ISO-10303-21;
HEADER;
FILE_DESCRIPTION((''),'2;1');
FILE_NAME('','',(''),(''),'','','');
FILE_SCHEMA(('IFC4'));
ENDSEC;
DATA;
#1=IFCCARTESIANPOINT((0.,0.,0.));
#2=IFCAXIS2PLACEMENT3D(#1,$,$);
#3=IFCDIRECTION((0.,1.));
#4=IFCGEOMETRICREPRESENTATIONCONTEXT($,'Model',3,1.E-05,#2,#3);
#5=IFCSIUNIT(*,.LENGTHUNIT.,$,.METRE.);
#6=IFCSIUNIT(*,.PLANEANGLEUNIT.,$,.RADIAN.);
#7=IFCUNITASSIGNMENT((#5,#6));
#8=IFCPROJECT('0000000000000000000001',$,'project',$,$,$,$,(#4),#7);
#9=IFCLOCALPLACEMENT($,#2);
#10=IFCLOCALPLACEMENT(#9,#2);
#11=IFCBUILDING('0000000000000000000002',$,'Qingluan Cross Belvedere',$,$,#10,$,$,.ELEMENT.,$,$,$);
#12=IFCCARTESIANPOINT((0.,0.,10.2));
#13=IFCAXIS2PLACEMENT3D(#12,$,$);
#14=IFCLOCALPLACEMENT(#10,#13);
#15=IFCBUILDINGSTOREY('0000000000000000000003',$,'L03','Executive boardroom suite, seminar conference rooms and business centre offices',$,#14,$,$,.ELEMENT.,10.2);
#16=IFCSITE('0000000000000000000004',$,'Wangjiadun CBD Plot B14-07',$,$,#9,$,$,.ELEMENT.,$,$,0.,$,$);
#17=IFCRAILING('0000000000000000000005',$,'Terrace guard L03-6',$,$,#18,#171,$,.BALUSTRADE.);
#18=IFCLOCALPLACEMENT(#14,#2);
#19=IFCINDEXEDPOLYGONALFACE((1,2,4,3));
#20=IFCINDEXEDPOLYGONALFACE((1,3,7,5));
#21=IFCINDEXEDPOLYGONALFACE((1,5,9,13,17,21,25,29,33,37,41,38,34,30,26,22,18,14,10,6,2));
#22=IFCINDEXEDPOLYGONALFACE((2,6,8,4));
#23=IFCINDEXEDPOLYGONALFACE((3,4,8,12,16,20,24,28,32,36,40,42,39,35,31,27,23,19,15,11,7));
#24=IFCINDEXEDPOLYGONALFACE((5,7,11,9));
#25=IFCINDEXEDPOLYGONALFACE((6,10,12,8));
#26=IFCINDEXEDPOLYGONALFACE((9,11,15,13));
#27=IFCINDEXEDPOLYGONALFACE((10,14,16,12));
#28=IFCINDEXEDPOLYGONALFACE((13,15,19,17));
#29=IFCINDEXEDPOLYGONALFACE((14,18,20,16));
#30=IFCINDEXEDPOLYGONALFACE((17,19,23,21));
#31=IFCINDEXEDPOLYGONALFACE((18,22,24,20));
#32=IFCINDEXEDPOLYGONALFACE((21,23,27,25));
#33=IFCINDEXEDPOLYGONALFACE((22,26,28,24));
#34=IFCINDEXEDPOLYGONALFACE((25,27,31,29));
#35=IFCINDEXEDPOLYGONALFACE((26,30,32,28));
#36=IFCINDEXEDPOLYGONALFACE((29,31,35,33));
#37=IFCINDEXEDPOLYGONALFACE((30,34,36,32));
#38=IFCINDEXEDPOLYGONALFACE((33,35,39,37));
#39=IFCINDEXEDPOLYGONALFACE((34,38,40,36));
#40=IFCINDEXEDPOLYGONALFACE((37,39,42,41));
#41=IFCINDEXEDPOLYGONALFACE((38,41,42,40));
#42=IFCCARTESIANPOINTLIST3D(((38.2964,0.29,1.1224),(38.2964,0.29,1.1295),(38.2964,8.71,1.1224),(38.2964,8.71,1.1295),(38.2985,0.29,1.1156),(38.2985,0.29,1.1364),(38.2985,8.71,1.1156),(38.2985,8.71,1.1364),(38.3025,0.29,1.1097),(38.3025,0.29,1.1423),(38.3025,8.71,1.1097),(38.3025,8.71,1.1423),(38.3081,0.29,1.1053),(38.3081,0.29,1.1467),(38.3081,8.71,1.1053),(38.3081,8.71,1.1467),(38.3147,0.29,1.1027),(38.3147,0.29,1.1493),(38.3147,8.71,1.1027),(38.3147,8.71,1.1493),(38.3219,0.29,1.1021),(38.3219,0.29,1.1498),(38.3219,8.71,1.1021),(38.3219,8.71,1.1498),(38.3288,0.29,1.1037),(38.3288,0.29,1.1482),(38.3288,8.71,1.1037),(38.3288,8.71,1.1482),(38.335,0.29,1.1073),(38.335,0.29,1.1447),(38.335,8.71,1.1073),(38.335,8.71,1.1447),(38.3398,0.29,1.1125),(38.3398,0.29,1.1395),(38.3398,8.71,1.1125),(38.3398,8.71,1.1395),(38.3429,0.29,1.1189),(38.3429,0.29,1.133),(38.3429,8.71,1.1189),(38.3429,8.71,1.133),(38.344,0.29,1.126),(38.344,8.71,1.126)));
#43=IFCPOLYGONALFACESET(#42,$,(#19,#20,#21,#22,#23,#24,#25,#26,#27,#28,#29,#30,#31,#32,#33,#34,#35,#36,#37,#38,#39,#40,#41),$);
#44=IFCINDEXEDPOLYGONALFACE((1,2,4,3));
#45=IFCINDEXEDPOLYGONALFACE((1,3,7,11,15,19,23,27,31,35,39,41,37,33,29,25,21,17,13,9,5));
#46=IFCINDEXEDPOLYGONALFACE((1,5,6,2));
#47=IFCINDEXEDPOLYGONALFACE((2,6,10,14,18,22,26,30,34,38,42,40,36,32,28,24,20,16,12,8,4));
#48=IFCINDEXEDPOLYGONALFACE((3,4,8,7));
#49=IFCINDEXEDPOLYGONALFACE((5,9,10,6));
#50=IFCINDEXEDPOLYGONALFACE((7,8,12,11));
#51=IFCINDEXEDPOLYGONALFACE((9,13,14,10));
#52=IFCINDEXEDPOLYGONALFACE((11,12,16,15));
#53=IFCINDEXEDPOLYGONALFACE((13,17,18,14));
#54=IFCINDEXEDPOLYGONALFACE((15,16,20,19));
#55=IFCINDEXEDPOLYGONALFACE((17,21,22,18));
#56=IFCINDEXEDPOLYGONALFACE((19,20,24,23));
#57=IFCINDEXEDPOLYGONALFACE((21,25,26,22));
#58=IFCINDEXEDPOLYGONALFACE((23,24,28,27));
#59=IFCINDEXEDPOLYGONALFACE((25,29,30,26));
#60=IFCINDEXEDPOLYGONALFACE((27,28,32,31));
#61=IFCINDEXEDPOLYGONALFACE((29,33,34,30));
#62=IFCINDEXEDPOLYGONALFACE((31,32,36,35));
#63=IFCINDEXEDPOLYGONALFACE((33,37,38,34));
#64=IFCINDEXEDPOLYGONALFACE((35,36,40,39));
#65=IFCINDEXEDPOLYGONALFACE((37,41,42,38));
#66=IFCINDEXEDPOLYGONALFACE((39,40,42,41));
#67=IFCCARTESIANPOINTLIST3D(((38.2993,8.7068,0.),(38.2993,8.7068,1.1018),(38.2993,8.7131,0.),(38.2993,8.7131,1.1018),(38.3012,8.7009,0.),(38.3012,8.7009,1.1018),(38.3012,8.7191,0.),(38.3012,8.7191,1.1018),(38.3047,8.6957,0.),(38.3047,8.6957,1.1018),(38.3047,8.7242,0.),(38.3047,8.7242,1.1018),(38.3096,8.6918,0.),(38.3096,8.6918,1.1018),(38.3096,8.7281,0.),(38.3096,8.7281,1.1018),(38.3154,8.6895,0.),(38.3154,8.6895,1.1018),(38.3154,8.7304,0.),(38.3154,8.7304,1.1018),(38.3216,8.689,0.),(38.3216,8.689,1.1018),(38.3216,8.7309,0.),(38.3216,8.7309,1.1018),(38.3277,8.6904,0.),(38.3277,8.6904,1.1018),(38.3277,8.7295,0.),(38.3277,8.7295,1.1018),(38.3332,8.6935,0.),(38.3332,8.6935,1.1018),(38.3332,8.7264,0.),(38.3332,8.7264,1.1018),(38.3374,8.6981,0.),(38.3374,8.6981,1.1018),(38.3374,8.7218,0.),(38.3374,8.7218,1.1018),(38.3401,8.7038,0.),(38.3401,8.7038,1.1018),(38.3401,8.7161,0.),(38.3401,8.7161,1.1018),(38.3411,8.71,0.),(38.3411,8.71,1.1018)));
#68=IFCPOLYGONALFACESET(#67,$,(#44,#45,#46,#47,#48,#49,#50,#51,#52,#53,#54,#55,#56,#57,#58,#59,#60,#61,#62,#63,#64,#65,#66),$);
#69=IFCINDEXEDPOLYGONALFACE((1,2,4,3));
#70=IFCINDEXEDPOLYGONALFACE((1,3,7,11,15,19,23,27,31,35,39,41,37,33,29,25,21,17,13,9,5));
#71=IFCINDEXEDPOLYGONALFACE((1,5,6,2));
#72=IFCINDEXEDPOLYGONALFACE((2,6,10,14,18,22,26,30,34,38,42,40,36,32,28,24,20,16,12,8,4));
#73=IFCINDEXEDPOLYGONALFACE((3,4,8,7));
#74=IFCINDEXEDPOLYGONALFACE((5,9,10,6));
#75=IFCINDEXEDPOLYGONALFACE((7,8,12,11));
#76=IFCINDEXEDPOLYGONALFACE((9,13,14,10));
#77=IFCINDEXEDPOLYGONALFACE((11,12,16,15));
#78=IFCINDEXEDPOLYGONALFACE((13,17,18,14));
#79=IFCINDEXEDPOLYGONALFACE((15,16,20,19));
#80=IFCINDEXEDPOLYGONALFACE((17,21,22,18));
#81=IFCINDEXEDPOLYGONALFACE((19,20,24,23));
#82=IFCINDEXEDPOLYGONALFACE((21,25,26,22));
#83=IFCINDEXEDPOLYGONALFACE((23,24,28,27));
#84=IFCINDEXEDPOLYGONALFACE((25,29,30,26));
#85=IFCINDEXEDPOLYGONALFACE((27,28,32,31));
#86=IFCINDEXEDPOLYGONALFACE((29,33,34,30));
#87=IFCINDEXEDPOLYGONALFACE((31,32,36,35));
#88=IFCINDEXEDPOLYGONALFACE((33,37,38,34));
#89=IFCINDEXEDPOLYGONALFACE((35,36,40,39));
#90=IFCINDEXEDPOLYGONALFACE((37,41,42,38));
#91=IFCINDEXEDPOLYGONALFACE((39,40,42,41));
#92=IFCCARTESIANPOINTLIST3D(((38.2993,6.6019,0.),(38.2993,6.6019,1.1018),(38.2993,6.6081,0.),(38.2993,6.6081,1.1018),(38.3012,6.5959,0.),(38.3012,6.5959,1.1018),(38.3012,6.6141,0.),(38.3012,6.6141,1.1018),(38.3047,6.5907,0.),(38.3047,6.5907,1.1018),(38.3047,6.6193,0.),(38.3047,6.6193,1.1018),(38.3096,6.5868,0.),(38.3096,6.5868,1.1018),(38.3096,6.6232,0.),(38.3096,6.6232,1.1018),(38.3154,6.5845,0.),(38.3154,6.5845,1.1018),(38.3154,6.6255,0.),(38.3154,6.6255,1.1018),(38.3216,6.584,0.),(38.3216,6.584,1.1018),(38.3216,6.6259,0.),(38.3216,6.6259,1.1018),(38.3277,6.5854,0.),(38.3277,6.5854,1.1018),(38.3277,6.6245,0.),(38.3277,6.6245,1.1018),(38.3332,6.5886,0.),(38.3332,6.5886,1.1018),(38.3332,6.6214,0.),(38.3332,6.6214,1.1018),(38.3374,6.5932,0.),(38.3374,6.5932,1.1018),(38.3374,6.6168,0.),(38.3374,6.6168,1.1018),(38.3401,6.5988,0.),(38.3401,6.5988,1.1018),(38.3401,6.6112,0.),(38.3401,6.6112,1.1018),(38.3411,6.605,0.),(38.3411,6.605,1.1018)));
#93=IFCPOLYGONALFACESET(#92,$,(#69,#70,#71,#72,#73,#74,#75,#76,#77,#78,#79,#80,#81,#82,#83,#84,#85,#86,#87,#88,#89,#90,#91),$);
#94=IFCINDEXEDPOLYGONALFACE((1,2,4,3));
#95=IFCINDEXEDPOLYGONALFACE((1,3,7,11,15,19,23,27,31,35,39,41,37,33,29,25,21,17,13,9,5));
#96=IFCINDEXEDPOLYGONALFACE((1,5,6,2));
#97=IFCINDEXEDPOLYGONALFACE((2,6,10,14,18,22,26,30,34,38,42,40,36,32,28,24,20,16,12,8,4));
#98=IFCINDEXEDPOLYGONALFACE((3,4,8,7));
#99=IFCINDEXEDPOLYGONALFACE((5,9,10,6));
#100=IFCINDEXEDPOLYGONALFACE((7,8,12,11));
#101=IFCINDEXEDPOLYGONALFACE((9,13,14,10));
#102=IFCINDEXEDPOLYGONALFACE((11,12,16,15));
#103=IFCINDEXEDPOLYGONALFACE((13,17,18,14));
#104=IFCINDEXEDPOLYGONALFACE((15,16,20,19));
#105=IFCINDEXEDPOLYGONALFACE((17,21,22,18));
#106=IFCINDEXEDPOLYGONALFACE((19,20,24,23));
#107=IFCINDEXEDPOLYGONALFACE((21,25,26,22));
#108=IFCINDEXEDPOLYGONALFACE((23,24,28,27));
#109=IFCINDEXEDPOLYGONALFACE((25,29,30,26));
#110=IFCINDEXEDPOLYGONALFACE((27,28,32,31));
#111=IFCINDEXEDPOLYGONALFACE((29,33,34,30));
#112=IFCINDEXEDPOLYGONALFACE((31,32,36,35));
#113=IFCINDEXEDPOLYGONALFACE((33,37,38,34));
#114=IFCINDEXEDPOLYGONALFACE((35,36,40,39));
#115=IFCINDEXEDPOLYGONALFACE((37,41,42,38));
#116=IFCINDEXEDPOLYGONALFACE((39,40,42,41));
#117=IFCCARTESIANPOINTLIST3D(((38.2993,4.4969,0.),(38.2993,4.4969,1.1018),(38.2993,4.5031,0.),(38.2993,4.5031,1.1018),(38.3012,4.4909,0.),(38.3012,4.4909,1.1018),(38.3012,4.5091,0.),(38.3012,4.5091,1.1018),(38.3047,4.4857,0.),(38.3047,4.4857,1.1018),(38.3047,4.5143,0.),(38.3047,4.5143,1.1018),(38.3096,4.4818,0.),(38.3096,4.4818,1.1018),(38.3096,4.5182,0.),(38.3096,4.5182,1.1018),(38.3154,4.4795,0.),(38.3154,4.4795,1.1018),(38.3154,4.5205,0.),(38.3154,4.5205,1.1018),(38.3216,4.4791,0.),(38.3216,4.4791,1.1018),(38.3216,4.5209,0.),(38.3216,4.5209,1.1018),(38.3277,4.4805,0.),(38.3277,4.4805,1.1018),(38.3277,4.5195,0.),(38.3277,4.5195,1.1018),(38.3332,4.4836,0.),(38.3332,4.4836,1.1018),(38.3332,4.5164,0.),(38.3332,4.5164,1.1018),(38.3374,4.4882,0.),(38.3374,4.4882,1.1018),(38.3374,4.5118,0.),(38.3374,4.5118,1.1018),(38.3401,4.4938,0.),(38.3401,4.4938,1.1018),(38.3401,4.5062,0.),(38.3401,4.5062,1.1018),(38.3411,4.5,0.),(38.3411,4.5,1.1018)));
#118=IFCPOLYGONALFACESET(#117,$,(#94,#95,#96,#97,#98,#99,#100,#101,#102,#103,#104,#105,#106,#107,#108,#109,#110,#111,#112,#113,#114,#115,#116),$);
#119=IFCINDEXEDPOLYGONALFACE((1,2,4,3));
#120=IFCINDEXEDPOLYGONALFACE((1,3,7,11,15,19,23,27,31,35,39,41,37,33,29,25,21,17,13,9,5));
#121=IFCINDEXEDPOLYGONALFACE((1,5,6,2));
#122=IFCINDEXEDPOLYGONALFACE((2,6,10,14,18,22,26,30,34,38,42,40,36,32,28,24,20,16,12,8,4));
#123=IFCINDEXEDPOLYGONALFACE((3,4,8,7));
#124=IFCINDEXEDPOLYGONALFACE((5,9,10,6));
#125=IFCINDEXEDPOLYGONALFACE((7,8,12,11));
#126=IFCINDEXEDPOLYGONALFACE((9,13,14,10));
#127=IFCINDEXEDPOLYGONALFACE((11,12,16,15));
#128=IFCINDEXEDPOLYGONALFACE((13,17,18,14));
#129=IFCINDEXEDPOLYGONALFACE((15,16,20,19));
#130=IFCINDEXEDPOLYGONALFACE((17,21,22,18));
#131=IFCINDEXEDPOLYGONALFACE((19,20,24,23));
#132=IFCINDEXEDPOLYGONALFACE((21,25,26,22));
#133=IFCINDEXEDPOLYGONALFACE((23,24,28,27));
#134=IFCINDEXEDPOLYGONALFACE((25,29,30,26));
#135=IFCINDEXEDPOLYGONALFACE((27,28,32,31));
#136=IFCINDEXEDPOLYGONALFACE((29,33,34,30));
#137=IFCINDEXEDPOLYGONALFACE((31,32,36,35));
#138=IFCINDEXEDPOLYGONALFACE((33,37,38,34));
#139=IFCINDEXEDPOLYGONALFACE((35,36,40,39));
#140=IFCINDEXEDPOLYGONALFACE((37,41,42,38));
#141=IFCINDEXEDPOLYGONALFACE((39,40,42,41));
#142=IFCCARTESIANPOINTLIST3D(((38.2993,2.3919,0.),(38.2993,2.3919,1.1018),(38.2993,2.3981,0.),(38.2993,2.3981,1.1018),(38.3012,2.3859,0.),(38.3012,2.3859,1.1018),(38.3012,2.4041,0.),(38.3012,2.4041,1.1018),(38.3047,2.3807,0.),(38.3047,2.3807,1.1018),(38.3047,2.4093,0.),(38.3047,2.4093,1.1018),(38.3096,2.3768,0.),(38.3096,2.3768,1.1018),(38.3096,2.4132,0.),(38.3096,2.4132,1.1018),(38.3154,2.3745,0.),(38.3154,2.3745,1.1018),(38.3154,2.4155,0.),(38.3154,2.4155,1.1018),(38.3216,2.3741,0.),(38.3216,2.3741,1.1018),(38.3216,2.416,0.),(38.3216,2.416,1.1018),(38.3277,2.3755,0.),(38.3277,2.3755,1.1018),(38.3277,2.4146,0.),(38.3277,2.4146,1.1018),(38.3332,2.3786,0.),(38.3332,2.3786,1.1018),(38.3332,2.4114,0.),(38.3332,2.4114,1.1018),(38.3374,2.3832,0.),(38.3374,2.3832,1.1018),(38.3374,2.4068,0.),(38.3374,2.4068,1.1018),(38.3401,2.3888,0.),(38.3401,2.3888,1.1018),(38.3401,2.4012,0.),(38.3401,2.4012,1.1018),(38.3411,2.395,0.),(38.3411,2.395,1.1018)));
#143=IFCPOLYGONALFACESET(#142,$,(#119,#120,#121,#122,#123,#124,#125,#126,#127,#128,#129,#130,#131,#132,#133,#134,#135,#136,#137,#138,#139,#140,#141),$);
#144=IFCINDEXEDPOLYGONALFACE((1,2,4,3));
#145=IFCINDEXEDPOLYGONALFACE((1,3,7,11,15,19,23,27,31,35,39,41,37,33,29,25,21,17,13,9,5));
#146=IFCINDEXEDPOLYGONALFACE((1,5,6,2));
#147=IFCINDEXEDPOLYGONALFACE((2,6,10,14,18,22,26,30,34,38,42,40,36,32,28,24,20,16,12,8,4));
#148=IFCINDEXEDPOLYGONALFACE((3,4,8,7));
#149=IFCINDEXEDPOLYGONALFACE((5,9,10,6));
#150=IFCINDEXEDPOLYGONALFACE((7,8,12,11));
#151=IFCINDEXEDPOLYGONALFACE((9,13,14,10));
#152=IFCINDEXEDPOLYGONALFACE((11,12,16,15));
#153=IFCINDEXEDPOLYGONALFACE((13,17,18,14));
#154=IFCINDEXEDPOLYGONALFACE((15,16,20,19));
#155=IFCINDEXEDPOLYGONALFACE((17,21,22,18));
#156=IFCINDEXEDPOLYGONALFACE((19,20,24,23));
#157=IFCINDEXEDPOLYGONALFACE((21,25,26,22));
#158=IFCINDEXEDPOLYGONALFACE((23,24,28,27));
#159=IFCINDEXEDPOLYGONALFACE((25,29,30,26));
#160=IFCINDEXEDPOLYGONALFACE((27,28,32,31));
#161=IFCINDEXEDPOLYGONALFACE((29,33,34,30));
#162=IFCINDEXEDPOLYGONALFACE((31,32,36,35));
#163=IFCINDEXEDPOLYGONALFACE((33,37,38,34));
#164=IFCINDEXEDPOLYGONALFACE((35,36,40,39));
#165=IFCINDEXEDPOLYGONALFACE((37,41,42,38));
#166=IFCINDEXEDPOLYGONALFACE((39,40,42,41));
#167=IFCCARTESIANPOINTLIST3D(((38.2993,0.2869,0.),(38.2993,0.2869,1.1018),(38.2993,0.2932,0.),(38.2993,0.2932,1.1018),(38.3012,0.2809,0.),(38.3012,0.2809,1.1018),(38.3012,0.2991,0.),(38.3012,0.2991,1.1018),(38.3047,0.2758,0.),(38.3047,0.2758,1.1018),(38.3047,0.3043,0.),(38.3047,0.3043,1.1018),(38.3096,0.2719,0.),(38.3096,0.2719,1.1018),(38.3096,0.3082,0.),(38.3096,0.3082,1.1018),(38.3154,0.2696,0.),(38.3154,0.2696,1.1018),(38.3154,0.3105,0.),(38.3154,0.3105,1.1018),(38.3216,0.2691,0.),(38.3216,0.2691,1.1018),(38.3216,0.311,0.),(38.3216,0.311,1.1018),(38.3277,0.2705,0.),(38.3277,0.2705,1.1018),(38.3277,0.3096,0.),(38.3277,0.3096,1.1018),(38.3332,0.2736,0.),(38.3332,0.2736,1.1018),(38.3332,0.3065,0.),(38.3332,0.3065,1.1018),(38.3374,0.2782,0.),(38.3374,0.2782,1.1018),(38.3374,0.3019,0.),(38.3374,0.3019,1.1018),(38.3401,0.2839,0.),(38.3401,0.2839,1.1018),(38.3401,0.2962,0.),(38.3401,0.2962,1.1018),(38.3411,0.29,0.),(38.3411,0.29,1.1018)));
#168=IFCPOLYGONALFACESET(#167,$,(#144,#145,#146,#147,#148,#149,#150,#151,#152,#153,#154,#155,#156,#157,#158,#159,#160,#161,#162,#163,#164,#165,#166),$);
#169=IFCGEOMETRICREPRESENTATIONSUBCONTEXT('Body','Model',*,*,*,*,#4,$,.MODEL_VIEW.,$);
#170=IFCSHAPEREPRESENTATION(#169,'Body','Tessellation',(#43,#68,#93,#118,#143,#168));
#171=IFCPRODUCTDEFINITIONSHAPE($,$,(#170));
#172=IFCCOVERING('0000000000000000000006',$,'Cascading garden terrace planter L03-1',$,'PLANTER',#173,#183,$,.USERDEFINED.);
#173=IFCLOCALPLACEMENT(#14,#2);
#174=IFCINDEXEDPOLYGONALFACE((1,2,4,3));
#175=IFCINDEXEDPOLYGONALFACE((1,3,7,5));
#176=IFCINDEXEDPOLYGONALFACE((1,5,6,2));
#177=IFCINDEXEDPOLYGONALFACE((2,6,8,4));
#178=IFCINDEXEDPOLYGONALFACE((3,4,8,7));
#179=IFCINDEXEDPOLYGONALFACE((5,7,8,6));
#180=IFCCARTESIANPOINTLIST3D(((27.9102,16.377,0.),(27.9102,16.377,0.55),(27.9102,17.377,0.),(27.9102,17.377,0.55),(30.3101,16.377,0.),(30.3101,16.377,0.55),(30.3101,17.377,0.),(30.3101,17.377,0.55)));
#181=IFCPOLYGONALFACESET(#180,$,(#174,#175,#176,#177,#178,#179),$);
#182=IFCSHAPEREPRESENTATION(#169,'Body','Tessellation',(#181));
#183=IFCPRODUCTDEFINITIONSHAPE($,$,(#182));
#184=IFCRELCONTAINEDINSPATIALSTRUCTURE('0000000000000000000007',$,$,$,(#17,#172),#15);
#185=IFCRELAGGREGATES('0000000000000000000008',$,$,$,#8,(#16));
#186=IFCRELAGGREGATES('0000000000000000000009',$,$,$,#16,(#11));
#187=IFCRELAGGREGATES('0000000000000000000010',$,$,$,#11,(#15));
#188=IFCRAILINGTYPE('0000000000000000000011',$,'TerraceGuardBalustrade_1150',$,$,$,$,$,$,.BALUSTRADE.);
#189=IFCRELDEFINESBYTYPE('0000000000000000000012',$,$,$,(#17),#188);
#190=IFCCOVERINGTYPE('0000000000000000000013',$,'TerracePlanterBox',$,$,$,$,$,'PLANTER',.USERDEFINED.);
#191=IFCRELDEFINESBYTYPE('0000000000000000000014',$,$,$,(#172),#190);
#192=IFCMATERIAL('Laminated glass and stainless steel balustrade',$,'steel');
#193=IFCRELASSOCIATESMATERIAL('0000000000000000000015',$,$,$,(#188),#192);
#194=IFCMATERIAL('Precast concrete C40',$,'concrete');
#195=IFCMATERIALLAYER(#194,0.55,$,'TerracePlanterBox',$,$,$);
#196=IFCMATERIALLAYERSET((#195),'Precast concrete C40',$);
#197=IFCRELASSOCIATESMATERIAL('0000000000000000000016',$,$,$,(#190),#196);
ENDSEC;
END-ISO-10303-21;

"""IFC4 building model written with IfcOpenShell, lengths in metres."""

from ifc_helpers import new_model, si_unit, direction, frame, origin, origin_2d, place, context, subcontext, project, spatial, rectangle, circle, extrude, material, layer, layer_set, type_object, element, save


model = new_model("IFC4")

# Units and contexts
model_context = context("Model", 3, precision=1e-05, world=origin(), true_north=direction((0.0, 1.0)))
body_context = subcontext(model_context, "Body", "Model", "MODEL_VIEW")
ifc_project = project(units=[si_unit("LENGTHUNIT", "METRE"), si_unit("PLANEANGLEUNIT", "RADIAN")], contexts=[model_context])

# Site, building, storey
site_placement = place(None, origin())
site = spatial("IfcSite", under=ifc_project, at=site_placement, Name="Wangjiadun CBD Plot B14-07", CompositionType="ELEMENT", RefElevation=0.0)
building_placement = place(site_placement, origin())
building = spatial("IfcBuilding", under=site, at=building_placement, Name="Qingluan Cross Belvedere", CompositionType="ELEMENT")
storey_placement = place(building_placement, frame((0.0, 0.0, 10.2)))
storey = spatial("IfcBuildingStorey", under=building, at=storey_placement, Name="L03", Description="Executive boardroom suite, seminar conference rooms and business centre offices", CompositionType="ELEMENT", Elevation=10.2)

# Railing
ifc_material_1 = material(Name="Laminated glass and stainless steel balustrade", Category="steel")
railing_type = type_object("IfcRailingType", Name="TerraceGuardBalustrade_1150", PredefinedType="BALUSTRADE", material=ifc_material_1)
railing_1_placement = place(storey_placement, frame((38.3201, 8.71, 0.0)))
element("IfcRailing", 1, at=railing_1_placement, inside=storey, type_object=railing_type, Name="Terrace guard L03-6", PredefinedType="BALUSTRADE", context=body_context, shape_type="SweptSolid", body=[
    extrude(circle(Radius=0.0239, at=origin_2d()), frame((0.0, 0.0, 1.126), z_axis=(0.0, -1.0, 0.0), x_axis=(1.0, 0.0, 0.0)), (0.0, 0.0, 1.0), 8.4199),
    extrude(circle(Radius=0.021, at=origin_2d()), origin(), (0.0, 0.0, 1.0), 1.1018),
    extrude(circle(Radius=0.021, at=origin_2d()), frame((0.0, -2.105, 0.0)), (0.0, 0.0, 1.0), 1.1018),
    extrude(circle(Radius=0.021, at=origin_2d()), frame((0.0, -4.21, 0.0)), (0.0, 0.0, 1.0), 1.1018),
    extrude(circle(Radius=0.021, at=origin_2d()), frame((0.0, -6.3149, 0.0)), (0.0, 0.0, 1.0), 1.1018),
    extrude(circle(Radius=0.021, at=origin_2d()), frame((0.0, -8.4199, 0.0)), (0.0, 0.0, 1.0), 1.1018),
])

# Covering
ifc_material_2 = material(Name="Precast concrete C40", Category="concrete")
ifc_layer_1 = layer(ifc_material_2, 0.55, Name="TerracePlanterBox")
ifc_layer_set_1 = layer_set([ifc_layer_1], Name="Precast concrete C40")
covering_type = type_object("IfcCoveringType", Name="TerracePlanterBox", ElementType="PLANTER", PredefinedType="USERDEFINED", material=ifc_layer_set_1)
covering_placement = place(storey_placement, frame((29.1101, 16.877, 0.0), z_axis=(0.0, 0.0, 1.0), x_axis=(1.0, 0.0, 0.0)))
element("IfcCovering", 2, at=covering_placement, inside=storey, type_object=covering_type, Name="Cascading garden terrace planter L03-1", ObjectType="PLANTER", PredefinedType="USERDEFINED", context=body_context, shape_type="SweptSolid", body=[
    extrude(rectangle(XDim=2.3999, YDim=1.0, at=origin_2d()), origin(), (0.0, 0.0, 1.0), 0.55),
])

save(model, "model.ifc")
